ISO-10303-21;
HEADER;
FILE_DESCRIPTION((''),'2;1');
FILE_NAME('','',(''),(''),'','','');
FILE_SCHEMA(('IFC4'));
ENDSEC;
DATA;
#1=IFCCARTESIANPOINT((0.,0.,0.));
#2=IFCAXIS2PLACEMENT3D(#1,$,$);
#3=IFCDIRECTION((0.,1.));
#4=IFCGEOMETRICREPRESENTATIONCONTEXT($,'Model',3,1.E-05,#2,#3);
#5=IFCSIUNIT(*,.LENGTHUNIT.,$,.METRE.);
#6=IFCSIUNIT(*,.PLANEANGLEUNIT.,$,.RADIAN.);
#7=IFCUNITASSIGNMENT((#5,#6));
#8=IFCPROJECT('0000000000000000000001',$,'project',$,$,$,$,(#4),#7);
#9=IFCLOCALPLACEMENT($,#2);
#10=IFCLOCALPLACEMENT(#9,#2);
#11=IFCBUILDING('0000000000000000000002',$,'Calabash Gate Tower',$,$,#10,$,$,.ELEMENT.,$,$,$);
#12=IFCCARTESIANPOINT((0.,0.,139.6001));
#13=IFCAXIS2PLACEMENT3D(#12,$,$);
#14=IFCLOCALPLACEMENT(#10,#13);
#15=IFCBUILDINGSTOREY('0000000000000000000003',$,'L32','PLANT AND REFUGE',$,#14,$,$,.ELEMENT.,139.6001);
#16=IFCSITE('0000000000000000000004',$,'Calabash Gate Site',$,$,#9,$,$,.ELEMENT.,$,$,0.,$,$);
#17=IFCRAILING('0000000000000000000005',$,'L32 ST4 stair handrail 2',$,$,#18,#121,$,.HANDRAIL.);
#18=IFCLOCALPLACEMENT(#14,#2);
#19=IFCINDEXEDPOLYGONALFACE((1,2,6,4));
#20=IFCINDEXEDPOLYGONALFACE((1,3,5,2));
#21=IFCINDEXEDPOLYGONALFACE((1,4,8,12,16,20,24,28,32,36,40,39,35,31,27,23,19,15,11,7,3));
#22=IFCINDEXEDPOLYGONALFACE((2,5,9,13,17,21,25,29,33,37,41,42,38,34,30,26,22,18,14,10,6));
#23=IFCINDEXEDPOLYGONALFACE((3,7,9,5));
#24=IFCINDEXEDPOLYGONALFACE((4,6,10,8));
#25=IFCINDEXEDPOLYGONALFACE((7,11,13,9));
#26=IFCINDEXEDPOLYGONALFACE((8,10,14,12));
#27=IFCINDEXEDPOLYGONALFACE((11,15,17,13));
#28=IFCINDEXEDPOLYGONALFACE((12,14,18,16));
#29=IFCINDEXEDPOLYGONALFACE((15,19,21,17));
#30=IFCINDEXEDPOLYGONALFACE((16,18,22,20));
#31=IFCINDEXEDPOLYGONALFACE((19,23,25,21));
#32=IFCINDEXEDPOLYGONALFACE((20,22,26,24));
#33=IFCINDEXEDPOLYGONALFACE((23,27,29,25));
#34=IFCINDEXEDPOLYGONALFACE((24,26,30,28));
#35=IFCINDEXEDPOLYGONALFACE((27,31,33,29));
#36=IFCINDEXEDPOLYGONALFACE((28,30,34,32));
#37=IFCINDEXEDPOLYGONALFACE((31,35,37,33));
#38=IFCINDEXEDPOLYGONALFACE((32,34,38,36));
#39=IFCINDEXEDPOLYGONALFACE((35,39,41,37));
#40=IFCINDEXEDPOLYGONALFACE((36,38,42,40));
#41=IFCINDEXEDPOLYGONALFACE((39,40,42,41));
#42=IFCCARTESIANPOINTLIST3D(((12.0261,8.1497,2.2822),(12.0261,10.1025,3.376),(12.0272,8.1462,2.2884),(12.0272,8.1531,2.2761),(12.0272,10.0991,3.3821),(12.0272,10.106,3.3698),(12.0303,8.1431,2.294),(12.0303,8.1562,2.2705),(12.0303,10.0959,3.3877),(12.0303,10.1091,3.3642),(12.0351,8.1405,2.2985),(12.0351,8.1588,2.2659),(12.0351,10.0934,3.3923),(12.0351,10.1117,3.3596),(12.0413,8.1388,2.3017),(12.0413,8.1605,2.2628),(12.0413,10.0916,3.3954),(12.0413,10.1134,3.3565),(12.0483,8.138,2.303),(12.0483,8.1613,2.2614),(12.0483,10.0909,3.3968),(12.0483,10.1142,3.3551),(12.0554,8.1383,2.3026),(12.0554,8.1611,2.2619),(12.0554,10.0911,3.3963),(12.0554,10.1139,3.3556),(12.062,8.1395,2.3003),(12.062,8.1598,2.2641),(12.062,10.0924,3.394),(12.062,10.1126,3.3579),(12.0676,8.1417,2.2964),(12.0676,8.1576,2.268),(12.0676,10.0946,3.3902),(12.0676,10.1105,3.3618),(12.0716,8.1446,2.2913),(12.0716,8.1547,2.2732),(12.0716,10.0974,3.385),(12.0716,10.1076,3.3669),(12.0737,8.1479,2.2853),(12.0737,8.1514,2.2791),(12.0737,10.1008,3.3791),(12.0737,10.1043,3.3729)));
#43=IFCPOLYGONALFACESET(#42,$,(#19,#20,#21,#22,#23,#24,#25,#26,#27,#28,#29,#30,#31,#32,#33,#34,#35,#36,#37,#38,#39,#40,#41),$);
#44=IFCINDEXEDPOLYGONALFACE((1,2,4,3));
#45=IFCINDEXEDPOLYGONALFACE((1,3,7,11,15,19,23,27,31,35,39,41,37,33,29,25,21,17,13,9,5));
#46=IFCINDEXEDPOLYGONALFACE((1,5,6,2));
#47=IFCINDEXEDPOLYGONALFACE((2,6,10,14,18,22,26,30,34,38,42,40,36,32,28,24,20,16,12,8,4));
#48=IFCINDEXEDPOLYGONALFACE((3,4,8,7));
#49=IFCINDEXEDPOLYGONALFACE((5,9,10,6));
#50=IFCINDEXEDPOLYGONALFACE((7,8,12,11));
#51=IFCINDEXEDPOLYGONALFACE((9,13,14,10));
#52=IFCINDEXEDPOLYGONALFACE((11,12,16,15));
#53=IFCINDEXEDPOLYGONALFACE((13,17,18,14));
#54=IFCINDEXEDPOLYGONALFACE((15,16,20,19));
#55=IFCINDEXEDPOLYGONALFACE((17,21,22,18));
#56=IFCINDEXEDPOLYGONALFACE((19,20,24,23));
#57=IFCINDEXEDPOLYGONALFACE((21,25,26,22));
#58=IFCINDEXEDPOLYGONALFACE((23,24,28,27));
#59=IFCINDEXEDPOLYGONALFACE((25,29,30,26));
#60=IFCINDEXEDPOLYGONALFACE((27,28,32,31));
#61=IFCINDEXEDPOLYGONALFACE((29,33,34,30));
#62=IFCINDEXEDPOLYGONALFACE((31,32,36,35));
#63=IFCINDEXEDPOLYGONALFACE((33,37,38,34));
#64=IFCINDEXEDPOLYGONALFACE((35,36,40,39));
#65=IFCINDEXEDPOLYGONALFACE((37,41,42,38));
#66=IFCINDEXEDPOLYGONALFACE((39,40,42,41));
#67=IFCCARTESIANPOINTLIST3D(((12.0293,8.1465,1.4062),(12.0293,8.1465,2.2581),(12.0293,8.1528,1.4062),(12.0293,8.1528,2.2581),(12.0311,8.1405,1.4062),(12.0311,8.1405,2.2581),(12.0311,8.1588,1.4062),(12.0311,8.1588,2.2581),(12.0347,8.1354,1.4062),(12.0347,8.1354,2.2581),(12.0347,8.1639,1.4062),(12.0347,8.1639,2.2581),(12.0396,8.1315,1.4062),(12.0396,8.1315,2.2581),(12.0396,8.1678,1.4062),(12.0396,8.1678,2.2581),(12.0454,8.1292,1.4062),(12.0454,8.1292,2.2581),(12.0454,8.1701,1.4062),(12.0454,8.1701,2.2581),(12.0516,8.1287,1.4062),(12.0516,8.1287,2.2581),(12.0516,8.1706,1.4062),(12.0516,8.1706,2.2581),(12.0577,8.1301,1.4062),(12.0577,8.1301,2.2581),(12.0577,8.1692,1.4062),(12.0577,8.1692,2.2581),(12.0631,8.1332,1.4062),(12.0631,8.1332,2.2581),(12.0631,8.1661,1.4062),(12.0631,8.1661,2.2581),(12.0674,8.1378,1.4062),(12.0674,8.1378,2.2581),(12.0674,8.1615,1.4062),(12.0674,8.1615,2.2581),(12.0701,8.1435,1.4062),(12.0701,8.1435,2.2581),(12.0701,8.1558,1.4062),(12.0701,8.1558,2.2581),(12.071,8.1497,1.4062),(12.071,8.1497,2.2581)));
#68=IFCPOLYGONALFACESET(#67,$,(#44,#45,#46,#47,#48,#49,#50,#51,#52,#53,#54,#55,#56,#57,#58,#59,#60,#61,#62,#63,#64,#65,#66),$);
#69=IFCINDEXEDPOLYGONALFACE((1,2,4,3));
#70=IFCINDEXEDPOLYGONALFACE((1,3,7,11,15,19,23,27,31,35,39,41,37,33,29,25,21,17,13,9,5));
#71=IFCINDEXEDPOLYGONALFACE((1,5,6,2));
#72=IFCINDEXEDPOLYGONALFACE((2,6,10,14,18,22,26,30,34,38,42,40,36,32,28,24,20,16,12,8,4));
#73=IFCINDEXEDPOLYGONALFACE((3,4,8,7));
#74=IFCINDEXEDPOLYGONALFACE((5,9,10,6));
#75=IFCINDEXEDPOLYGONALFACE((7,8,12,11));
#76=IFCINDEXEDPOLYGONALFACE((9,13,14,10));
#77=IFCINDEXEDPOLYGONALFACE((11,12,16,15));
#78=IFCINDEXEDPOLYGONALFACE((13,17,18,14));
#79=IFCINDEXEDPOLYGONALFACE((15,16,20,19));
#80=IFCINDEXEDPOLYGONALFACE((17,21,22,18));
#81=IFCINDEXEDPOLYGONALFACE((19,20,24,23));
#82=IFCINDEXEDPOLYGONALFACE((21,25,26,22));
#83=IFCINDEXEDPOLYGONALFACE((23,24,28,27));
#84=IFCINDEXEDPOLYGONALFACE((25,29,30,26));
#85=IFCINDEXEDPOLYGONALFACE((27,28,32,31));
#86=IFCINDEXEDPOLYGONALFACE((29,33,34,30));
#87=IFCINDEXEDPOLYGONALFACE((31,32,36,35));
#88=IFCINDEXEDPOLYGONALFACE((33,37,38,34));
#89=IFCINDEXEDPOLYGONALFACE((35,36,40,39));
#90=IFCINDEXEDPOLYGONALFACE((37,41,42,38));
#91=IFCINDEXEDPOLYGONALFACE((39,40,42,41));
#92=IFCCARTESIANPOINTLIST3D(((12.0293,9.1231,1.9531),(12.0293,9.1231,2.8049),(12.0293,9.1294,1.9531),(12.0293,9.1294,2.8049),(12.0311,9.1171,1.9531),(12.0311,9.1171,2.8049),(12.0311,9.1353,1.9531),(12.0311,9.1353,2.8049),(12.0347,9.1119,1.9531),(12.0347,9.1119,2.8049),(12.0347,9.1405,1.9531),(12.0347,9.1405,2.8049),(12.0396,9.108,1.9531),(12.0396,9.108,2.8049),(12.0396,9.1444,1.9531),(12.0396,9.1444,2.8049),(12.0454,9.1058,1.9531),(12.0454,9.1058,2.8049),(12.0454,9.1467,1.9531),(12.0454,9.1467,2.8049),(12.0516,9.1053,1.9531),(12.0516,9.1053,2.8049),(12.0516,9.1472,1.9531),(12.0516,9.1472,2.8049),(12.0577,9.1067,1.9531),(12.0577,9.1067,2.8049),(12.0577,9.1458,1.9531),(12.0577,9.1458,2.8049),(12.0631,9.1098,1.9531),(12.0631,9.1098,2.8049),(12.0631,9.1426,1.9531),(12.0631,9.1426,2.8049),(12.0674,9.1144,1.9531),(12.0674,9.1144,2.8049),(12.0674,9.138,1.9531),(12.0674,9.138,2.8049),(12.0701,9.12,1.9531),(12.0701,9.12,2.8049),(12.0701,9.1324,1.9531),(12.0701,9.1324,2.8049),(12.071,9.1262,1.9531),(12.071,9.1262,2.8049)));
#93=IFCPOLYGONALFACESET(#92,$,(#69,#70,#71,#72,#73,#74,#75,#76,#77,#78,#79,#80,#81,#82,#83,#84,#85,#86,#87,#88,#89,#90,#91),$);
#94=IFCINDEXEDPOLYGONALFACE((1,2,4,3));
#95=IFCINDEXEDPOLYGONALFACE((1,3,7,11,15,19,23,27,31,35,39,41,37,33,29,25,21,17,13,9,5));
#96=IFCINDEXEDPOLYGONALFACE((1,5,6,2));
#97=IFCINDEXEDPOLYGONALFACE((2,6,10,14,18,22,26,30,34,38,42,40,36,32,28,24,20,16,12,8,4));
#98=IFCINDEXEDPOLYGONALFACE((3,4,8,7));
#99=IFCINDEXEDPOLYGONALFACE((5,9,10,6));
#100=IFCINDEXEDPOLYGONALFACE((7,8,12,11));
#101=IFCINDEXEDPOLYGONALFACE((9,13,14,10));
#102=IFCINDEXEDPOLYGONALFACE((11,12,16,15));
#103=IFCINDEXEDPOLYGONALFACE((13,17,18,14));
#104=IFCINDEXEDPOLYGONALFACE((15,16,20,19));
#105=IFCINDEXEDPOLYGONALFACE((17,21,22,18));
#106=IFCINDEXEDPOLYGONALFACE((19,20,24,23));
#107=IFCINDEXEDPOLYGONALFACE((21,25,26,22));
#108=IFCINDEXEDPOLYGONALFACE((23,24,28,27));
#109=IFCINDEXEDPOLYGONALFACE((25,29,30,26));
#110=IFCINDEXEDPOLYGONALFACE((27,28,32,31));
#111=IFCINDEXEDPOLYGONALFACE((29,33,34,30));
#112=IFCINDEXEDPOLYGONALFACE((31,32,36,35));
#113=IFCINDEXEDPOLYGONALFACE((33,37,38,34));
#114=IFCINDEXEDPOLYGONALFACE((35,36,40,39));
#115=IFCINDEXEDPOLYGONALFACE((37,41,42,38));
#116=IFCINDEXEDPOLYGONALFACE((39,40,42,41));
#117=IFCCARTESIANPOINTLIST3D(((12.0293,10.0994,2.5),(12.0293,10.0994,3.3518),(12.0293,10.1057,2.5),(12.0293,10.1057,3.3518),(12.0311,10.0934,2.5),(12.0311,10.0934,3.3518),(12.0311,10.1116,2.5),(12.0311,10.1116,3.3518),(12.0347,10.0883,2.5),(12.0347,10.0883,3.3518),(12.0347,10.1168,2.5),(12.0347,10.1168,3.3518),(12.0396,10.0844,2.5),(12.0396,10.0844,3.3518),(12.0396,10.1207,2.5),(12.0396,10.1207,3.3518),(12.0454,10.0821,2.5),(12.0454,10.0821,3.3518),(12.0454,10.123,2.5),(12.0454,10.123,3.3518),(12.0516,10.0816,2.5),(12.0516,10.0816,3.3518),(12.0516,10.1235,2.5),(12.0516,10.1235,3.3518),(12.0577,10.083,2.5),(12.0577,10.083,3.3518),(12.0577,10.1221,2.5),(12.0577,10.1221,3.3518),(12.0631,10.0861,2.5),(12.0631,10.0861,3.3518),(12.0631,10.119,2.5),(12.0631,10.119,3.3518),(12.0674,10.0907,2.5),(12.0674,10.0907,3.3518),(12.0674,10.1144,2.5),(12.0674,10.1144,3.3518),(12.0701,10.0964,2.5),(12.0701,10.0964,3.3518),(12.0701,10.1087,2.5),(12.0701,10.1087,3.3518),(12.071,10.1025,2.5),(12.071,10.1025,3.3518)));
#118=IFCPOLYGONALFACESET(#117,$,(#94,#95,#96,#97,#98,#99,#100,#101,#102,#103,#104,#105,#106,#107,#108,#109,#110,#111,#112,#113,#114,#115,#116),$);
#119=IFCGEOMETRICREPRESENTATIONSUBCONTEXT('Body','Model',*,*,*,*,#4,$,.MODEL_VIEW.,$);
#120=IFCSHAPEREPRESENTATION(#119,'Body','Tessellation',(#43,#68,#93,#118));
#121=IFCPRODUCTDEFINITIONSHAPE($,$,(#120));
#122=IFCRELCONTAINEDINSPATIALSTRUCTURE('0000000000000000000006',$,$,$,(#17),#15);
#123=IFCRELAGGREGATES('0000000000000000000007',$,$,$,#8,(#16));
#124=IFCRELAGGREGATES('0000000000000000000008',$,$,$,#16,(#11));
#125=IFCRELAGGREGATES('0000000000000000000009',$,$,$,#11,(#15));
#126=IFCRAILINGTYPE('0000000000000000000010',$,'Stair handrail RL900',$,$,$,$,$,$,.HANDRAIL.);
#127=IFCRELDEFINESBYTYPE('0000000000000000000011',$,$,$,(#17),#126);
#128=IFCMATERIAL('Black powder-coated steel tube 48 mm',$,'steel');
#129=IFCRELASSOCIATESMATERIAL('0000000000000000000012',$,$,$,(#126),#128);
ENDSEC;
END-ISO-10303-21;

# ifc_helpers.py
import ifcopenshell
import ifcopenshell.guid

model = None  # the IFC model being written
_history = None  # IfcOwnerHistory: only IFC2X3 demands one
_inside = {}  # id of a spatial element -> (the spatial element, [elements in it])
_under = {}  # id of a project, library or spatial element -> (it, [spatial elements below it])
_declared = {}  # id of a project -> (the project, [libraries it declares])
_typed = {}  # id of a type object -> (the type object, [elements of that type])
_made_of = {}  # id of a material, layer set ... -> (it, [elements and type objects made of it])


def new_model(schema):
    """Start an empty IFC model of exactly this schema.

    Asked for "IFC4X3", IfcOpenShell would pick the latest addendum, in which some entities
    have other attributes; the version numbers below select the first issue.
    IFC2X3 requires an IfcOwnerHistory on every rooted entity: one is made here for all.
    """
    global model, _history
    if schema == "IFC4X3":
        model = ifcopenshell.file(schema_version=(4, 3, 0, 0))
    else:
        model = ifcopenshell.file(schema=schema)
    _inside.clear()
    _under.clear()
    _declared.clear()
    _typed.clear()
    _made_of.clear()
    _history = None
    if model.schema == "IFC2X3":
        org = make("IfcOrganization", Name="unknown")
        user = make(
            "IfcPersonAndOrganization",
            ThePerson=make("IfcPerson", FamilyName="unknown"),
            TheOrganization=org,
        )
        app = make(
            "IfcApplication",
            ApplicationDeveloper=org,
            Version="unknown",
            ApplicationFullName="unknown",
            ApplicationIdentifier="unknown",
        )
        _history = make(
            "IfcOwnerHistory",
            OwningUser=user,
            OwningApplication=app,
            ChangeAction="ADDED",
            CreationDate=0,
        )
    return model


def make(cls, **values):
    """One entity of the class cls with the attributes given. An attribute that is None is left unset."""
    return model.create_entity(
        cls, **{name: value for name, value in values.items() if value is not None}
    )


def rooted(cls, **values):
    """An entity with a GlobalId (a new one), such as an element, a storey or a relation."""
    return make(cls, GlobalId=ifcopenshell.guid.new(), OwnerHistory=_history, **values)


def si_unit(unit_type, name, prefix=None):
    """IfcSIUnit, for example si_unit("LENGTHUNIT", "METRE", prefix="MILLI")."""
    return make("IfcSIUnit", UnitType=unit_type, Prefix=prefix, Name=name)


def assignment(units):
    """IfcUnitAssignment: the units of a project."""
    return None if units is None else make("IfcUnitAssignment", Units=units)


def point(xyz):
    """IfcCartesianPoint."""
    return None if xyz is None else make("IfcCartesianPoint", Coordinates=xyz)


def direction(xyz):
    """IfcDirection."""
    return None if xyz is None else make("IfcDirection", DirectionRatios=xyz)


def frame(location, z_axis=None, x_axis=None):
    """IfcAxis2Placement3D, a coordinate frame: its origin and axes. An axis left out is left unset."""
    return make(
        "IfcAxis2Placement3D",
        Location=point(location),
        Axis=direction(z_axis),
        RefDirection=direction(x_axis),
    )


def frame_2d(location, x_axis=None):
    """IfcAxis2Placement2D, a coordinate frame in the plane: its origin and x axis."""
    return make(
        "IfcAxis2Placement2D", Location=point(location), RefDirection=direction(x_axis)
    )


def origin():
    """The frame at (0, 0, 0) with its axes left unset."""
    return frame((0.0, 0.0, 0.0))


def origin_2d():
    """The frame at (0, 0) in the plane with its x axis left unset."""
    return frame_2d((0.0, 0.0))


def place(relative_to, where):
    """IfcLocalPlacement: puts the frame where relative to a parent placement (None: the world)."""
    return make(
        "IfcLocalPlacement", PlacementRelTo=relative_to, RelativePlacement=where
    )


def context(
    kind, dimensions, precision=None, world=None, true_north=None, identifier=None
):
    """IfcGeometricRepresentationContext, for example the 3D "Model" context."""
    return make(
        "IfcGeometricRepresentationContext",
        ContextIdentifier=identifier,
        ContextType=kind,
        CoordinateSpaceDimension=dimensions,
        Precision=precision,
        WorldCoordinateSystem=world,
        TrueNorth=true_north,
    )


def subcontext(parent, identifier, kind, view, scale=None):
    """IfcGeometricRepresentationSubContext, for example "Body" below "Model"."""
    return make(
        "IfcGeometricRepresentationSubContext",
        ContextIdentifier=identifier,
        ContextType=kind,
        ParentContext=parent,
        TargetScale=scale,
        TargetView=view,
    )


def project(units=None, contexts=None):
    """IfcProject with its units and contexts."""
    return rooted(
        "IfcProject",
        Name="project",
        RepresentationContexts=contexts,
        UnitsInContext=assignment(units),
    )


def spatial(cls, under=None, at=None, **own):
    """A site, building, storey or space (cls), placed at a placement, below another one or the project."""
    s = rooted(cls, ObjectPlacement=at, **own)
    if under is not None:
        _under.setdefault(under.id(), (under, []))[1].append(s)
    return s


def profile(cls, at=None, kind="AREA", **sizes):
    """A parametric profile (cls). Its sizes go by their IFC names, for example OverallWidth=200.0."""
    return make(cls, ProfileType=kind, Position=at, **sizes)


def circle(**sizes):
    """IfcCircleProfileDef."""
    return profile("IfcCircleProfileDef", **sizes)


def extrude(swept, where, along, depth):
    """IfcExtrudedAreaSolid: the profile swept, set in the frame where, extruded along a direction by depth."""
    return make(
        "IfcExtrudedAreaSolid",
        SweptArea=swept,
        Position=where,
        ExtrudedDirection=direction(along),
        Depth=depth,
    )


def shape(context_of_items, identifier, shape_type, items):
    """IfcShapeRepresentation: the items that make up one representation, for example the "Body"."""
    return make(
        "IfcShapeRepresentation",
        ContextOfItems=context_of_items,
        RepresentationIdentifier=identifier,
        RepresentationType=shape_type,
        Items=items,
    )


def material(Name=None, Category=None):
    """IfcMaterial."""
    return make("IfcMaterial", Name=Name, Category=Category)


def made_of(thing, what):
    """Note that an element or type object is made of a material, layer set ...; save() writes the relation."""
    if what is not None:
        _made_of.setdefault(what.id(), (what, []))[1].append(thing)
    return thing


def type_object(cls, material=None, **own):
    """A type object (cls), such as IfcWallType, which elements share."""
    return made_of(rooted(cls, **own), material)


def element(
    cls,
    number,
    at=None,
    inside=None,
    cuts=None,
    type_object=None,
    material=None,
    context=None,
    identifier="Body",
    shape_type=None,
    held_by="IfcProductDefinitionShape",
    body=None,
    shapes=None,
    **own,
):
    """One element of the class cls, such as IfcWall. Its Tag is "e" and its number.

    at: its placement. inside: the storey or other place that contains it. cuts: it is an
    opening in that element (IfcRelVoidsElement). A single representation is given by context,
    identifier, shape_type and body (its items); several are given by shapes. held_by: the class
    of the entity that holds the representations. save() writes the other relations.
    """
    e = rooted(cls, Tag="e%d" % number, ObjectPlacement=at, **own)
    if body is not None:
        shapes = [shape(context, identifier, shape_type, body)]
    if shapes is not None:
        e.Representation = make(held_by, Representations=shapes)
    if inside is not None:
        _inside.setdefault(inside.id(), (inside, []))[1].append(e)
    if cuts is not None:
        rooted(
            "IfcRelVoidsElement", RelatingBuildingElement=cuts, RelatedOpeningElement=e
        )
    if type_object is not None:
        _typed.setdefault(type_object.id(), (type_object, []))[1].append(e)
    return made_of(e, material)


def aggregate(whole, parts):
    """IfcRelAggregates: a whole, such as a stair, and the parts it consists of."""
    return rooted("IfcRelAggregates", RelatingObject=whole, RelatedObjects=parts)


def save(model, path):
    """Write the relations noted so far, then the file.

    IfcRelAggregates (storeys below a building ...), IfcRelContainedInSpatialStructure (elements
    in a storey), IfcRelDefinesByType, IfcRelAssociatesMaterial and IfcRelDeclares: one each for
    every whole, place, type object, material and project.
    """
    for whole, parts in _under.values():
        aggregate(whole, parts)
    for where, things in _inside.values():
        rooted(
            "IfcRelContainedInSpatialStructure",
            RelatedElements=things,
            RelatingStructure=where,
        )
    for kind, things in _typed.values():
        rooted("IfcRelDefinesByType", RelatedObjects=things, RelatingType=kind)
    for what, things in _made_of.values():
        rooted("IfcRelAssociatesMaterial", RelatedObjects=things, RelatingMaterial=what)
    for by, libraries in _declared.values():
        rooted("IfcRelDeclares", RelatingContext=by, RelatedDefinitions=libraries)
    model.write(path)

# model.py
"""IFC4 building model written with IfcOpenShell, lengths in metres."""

from ifc_helpers import new_model, si_unit, direction, frame, origin, origin_2d, place, context, subcontext, project, spatial, circle, extrude, material, type_object, element, save


model = new_model("IFC4")

# Units and contexts
model_context = context("Model", 3, precision=1e-05, world=origin(), true_north=direction((0.0, 1.0)))
body_context = subcontext(model_context, "Body", "Model", "MODEL_VIEW")
ifc_project = project(units=[si_unit("LENGTHUNIT", "METRE"), si_unit("PLANEANGLEUNIT", "RADIAN")], contexts=[model_context])

# Site, building, storey
site_placement = place(None, origin())
site = spatial("IfcSite", under=ifc_project, at=site_placement, Name="Calabash Gate Site", CompositionType="ELEMENT", RefElevation=0.0)
building_placement = place(site_placement, origin())
building = spatial("IfcBuilding", under=site, at=building_placement, Name="Calabash Gate Tower", CompositionType="ELEMENT")
storey_placement = place(building_placement, frame((0.0, 0.0, 139.6001)))
storey = spatial("IfcBuildingStorey", under=building, at=storey_placement, Name="L32", Description="PLANT AND REFUGE", CompositionType="ELEMENT", Elevation=139.6001)

# Railing
ifc_material_1 = material(Name="Black powder-coated steel tube 48 mm", Category="steel")
railing_type_1 = type_object("IfcRailingType", Name="Stair handrail RL900", PredefinedType="HANDRAIL", material=ifc_material_1)
railing_1_placement = place(storey_placement, frame((12.05, 8.1497, 1.4062)))
element("IfcRailing", 1, at=railing_1_placement, inside=storey, type_object=railing_type_1, Name="L32 ST4 stair handrail 2", PredefinedType="HANDRAIL", context=body_context, shape_type="SweptSolid", body=[
    extrude(circle(Radius=0.0239, at=origin_2d()), frame((0.0, 0.0, 0.876), z_axis=(0.0, 0.87248, 0.48865), x_axis=(-1.0, 0.0, 0.0)), (0.0, 0.0, 1.0), 2.2383),
    extrude(circle(Radius=0.021, at=origin_2d()), origin(), (0.0, 0.0, 1.0), 0.8518),
    extrude(circle(Radius=0.021, at=origin_2d()), frame((0.0, 0.9766, 0.5469)), (0.0, 0.0, 1.0), 0.8518),
    extrude(circle(Radius=0.021, at=origin_2d()), frame((0.0, 1.9529, 1.0938)), (0.0, 0.0, 1.0), 0.8518),
])

save(model, "model.ifc")
